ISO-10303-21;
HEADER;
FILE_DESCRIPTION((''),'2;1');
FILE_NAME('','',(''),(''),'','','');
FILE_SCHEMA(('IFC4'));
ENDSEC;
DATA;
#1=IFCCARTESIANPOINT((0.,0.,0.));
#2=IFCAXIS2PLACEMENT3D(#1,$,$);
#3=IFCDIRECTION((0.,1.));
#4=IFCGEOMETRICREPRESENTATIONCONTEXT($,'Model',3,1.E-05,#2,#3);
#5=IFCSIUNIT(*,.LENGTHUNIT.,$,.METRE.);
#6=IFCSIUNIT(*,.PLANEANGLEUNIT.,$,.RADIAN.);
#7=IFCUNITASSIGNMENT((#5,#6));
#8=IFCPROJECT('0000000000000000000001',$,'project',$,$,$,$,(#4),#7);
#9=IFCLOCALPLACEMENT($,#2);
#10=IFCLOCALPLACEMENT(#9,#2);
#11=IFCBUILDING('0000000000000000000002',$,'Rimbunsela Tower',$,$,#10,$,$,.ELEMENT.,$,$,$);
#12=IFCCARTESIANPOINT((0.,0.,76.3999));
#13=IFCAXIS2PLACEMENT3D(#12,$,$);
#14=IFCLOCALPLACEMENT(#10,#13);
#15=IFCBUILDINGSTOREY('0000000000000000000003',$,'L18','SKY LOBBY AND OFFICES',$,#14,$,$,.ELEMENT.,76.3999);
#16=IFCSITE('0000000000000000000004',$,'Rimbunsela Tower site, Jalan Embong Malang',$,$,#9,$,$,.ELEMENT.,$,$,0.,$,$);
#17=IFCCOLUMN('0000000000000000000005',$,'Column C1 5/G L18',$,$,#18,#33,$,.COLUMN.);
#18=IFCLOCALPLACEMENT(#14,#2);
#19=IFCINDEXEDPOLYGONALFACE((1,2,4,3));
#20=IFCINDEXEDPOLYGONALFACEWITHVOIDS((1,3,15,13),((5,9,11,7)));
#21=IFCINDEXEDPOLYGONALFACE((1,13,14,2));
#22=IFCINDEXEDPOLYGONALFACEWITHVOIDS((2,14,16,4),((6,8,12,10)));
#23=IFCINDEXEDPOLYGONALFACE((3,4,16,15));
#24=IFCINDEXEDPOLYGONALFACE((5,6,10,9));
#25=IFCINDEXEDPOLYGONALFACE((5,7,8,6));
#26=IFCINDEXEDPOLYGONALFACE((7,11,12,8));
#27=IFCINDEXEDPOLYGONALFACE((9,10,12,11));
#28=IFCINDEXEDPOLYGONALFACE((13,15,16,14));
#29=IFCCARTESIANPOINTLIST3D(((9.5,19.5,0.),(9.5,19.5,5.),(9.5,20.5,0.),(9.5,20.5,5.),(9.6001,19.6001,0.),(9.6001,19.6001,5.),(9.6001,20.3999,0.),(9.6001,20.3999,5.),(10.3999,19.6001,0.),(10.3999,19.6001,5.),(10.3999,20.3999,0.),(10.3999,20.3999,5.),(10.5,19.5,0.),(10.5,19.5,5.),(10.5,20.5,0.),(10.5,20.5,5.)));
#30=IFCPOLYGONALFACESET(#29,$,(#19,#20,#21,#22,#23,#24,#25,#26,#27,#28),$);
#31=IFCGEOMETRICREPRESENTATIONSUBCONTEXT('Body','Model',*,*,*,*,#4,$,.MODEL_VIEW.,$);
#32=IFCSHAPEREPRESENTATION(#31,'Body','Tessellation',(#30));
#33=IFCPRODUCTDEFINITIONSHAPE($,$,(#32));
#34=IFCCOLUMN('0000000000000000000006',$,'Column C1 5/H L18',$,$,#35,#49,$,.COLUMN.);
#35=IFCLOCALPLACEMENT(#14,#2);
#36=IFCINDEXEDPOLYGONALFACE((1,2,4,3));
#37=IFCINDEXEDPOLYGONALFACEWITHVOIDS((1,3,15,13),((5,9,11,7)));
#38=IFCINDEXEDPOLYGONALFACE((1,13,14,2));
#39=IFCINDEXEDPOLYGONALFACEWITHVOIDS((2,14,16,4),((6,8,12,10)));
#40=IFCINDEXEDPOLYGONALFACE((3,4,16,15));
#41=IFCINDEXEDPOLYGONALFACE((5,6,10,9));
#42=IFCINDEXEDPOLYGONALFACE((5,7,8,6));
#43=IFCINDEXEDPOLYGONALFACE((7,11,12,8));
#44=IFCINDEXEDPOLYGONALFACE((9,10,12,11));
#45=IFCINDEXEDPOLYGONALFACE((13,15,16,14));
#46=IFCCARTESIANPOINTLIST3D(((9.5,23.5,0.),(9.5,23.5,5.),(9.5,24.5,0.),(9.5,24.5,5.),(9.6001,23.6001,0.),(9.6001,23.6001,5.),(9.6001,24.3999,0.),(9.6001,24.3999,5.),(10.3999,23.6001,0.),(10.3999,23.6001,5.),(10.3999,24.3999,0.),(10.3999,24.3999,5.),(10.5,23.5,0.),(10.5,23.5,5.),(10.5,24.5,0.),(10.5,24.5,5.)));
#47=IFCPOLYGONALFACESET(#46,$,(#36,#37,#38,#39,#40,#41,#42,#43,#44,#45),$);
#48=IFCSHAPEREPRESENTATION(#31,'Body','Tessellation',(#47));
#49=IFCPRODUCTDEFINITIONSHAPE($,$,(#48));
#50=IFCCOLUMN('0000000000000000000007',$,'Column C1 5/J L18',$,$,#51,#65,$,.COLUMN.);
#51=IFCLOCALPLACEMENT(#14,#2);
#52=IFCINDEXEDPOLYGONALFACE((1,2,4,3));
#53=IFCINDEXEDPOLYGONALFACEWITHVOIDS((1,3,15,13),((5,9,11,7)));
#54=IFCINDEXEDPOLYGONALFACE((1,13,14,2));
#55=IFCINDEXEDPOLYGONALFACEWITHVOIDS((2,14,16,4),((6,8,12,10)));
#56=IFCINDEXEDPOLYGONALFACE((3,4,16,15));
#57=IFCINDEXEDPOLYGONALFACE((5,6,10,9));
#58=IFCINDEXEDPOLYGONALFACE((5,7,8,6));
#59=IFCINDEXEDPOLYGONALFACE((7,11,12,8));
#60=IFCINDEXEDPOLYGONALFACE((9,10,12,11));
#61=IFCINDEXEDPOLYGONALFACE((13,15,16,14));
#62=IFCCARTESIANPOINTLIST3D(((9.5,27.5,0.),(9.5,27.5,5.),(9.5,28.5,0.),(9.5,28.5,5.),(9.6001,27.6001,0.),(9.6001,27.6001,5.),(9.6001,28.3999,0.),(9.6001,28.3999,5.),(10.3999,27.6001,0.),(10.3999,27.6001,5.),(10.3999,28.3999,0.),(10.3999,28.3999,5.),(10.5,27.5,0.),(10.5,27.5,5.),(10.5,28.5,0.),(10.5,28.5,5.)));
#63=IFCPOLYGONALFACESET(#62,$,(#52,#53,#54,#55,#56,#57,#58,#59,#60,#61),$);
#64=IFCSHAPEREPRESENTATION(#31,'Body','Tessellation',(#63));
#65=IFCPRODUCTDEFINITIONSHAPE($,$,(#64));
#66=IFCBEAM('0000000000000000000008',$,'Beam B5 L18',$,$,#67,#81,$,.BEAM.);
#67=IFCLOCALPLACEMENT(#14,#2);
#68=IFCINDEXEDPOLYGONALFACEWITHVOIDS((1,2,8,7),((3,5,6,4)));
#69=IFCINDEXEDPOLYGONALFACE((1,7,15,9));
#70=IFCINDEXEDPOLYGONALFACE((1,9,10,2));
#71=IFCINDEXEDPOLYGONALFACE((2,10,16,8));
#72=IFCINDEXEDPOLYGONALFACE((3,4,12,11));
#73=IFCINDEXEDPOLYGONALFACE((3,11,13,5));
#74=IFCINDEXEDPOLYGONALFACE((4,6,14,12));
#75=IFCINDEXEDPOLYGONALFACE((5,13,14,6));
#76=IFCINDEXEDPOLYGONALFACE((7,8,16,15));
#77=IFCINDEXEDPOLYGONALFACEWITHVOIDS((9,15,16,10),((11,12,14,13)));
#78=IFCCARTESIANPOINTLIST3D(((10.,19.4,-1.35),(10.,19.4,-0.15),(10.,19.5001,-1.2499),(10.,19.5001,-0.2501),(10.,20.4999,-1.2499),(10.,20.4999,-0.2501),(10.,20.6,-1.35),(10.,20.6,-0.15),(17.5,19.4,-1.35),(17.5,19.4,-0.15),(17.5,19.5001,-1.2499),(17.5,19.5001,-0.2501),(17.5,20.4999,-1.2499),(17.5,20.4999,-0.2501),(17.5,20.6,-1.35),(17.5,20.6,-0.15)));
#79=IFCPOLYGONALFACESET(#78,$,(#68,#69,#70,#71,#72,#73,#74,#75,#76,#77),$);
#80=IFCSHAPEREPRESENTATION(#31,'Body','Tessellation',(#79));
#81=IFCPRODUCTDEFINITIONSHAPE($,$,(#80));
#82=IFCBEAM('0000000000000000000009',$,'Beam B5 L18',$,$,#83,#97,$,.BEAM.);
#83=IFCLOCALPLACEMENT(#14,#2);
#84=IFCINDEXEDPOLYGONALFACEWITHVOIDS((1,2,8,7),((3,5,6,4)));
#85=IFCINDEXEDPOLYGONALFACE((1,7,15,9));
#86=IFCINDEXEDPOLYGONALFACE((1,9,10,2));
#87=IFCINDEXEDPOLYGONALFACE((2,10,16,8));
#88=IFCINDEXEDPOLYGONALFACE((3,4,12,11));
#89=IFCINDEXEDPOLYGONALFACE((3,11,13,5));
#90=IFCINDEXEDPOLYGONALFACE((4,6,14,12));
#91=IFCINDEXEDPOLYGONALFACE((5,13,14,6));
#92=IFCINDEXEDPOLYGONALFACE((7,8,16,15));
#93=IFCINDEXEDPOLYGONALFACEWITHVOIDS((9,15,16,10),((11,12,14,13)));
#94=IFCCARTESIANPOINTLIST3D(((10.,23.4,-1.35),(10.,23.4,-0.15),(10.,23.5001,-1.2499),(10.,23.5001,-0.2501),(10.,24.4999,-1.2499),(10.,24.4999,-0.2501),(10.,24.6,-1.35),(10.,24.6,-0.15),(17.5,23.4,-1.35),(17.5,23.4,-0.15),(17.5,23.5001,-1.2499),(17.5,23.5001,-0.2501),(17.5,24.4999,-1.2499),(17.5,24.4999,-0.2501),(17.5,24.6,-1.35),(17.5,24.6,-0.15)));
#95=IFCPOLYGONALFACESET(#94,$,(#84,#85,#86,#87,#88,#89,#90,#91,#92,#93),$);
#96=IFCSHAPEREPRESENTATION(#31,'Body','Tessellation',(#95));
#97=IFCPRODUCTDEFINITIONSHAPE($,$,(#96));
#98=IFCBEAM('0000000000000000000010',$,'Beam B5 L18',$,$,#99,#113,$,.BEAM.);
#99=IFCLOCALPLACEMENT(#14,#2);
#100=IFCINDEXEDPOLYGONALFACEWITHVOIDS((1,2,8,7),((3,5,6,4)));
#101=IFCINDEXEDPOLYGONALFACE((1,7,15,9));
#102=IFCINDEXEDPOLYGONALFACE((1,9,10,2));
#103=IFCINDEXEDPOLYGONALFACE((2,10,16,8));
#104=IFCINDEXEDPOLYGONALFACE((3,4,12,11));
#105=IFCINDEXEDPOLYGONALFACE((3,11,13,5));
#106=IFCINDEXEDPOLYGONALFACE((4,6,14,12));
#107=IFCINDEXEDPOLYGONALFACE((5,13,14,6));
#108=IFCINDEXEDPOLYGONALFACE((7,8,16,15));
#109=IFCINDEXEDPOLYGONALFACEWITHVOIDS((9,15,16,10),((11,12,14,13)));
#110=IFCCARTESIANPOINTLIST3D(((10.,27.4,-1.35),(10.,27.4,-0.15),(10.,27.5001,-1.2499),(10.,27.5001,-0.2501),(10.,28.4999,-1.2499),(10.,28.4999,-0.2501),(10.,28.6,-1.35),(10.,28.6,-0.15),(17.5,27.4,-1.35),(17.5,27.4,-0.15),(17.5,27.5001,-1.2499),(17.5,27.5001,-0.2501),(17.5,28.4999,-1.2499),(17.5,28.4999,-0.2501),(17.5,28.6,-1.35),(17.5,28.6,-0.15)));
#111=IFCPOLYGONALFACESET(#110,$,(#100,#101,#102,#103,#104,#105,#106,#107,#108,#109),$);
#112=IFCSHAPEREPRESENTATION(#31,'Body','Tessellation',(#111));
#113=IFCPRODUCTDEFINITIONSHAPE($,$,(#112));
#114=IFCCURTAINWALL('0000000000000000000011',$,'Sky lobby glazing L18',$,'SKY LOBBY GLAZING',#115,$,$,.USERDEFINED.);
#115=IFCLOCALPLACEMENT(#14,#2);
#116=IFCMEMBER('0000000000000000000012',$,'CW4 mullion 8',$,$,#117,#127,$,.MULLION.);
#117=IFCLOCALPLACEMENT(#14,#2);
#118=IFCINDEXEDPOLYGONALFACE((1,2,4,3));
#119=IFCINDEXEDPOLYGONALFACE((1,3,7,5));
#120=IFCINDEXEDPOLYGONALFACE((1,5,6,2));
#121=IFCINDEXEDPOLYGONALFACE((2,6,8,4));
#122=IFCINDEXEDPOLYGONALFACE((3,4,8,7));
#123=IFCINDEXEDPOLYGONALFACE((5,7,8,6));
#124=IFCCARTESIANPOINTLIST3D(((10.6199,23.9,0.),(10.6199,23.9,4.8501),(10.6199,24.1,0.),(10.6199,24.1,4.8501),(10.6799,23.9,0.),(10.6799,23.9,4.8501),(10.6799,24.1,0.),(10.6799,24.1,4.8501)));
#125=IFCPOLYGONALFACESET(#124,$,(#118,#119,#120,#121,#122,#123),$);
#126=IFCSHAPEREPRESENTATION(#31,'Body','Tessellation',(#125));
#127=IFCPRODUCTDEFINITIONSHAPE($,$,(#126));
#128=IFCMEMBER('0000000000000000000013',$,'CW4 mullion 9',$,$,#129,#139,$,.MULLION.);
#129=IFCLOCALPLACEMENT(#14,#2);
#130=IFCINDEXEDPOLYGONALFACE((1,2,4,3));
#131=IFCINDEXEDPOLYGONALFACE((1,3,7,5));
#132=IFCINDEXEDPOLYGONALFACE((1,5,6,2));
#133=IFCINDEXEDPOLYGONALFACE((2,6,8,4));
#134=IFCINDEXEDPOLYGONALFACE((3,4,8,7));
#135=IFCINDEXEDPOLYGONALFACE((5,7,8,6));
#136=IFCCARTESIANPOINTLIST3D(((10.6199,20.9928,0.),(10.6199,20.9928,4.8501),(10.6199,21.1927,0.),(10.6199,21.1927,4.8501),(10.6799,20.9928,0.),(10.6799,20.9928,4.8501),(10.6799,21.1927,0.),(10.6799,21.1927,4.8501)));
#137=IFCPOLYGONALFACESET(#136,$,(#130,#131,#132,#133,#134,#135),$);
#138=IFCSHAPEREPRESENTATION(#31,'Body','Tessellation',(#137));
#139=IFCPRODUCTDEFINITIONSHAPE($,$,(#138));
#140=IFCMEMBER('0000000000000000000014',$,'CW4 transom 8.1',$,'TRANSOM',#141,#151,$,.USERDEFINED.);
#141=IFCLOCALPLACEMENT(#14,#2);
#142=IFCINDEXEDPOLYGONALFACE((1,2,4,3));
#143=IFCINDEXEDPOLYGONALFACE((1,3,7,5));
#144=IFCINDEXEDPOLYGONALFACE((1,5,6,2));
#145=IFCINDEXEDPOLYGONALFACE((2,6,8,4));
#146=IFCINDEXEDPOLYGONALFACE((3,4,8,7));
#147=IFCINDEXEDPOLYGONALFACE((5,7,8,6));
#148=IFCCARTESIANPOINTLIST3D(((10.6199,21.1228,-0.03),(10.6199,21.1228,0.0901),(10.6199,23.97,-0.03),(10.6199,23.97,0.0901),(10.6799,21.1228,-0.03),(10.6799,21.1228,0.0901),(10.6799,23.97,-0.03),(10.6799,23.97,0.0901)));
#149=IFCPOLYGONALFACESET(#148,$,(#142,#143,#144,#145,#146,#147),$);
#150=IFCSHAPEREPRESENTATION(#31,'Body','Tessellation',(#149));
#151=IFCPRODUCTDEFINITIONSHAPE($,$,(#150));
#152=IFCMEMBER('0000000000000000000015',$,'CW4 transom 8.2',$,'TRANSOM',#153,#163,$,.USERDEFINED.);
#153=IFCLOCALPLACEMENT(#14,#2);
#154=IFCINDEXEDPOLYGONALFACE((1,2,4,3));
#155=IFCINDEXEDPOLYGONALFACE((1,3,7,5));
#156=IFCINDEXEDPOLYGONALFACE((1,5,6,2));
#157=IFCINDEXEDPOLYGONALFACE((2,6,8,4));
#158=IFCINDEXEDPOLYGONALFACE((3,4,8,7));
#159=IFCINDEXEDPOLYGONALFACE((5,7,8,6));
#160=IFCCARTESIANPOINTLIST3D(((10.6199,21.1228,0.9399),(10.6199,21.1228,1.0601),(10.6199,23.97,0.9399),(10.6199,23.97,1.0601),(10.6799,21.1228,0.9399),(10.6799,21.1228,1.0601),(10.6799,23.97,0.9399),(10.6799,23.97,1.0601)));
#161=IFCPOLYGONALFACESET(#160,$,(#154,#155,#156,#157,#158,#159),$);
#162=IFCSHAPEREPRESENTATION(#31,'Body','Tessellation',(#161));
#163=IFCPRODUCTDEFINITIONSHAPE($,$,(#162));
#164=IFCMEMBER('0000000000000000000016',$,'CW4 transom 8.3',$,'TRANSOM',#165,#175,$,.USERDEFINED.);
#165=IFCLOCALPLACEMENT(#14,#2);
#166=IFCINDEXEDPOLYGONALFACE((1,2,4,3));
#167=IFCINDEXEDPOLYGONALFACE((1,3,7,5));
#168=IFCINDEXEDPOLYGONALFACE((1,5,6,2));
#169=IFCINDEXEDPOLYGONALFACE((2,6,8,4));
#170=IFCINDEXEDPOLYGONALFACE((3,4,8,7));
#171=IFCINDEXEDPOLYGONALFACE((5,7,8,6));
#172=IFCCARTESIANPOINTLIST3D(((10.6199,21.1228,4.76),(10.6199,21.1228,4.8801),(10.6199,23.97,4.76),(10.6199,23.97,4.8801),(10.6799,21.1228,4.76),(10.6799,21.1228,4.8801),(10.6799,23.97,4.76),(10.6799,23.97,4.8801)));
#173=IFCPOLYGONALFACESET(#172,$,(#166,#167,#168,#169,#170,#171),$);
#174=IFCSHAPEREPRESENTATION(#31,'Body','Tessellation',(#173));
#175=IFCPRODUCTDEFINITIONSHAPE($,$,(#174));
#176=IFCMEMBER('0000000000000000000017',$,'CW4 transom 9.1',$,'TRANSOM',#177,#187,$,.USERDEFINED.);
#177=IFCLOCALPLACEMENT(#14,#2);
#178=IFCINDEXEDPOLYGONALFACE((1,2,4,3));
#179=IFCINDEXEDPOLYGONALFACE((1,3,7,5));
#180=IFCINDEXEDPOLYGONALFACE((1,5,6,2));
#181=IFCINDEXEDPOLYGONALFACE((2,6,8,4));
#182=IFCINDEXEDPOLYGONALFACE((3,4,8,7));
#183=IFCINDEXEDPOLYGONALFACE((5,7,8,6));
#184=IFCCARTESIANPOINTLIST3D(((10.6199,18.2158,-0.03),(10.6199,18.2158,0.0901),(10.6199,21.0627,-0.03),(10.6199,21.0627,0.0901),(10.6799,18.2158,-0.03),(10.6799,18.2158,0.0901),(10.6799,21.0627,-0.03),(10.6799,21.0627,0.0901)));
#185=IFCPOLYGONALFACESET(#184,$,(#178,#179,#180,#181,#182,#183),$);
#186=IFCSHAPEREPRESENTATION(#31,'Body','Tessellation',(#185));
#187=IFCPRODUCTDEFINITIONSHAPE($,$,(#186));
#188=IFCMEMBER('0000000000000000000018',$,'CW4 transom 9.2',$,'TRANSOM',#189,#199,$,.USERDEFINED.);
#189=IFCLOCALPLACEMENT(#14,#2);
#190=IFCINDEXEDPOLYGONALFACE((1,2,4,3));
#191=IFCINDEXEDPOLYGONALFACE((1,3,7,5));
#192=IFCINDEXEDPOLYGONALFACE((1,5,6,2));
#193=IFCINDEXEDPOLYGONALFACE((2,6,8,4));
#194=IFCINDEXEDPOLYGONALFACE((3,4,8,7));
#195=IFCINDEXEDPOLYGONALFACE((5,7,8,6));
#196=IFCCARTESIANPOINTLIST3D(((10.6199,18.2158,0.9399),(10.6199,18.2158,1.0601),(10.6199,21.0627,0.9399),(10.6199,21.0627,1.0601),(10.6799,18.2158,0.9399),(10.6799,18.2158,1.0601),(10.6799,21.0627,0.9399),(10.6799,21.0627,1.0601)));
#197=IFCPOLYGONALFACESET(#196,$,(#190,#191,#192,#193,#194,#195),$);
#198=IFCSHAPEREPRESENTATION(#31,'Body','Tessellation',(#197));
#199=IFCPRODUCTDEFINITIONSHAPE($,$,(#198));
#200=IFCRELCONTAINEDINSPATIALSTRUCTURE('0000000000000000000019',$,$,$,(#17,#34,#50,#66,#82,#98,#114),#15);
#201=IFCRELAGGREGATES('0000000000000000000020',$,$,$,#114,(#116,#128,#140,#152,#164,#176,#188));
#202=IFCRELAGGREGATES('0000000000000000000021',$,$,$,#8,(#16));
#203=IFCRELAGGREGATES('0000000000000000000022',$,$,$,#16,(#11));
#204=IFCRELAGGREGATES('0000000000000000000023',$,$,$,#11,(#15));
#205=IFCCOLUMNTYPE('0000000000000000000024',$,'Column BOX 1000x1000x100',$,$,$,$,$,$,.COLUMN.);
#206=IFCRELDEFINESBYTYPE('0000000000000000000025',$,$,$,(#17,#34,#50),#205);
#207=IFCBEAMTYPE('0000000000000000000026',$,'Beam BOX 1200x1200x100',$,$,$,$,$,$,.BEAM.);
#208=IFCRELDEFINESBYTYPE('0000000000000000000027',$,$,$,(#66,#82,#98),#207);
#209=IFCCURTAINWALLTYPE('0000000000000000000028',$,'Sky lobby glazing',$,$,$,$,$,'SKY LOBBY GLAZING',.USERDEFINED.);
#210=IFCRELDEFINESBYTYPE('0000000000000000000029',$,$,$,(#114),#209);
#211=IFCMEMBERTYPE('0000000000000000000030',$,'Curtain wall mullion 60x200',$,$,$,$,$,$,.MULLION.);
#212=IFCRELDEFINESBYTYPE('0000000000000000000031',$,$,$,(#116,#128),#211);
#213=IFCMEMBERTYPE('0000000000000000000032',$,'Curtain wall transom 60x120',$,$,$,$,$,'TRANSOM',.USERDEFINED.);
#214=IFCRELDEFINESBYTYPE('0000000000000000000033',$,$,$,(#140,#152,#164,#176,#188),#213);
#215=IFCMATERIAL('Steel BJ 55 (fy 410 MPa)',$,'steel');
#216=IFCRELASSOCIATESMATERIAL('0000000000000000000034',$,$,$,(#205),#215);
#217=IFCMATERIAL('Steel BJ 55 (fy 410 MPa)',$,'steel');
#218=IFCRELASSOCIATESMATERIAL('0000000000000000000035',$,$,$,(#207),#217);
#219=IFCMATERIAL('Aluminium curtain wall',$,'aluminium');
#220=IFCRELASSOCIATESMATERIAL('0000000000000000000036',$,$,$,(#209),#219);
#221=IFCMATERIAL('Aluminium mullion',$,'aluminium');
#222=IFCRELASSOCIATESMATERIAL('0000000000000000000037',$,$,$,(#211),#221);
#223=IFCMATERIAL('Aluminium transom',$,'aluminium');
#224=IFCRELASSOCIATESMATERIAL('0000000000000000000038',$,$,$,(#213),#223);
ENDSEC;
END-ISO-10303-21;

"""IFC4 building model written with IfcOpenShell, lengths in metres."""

from ifc_helpers import new_model, si_unit, direction, frame, origin, origin_2d, place, context, subcontext, project, spatial, rectangle, hollow_rectangle, extrude, material, material_profile, profile_set, type_object, element, aggregate, save


model = new_model("IFC4")

# Units and contexts
model_context = context("Model", 3, precision=1e-05, world=origin(), true_north=direction((0.0, 1.0)))
body_context = subcontext(model_context, "Body", "Model", "MODEL_VIEW")
ifc_project = project(units=[si_unit("LENGTHUNIT", "METRE"), si_unit("PLANEANGLEUNIT", "RADIAN")], contexts=[model_context])

# Site, building, storey
site_placement = place(None, origin())
site = spatial("IfcSite", under=ifc_project, at=site_placement, Name="Rimbunsela Tower site, Jalan Embong Malang", CompositionType="ELEMENT", RefElevation=0.0)
building_placement = place(site_placement, origin())
building = spatial("IfcBuilding", under=site, at=building_placement, Name="Rimbunsela Tower", CompositionType="ELEMENT")
storey_placement = place(building_placement, frame((0.0, 0.0, 76.3999)))
storey = spatial("IfcBuildingStorey", under=building, at=storey_placement, Name="L18", Description="SKY LOBBY AND OFFICES", CompositionType="ELEMENT", Elevation=76.3999)

# Columns
ifc_material_1 = material(Name="Steel BJ 55 (fy 410 MPa)", Category="steel")
ifc_material_profile_1 = material_profile(ifc_material_1, hollow_rectangle(XDim=1.0, YDim=1.0, WallThickness=0.1001, at=origin_2d()), Name="BOX 1000x1000x100")
ifc_profile_set_1 = profile_set([ifc_material_profile_1], Name="Steel BJ 55 (fy 410 MPa)")
column_type = type_object("IfcColumnType", Name="Column BOX 1000x1000x100", PredefinedType="COLUMN", material=ifc_profile_set_1)
for number, where, z_axis, x_axis, name in (
    (1, (10.0, 20.0, 0.0), (0.0, 0.0, 1.0), (1.0, 0.0, 0.0), "Column C1 5/G L18"),
    (2, (10.0, 24.0, 0.0), (0.0, 0.0, 1.0), (1.0, 0.0, 0.0), "Column C1 5/H L18"),
    (3, (10.0, 28.0, 0.0), (0.0, 0.0, 1.0), (1.0, 0.0, 0.0), "Column C1 5/J L18"),
):
    element("IfcColumn", number, at=place(storey_placement, frame(where, z_axis=z_axis, x_axis=x_axis)), inside=storey, type_object=column_type, Name=name, PredefinedType="COLUMN", context=body_context, shape_type="SweptSolid", body=[
        extrude(hollow_rectangle(XDim=1.0, YDim=1.0, WallThickness=0.1001, at=origin_2d()), origin(), (0.0, 0.0, 1.0), 5.0),
    ])

# Beams
ifc_material_2 = material(Name="Steel BJ 55 (fy 410 MPa)", Category="steel")
ifc_material_profile_2 = material_profile(ifc_material_2, hollow_rectangle(XDim=1.2, YDim=1.2, WallThickness=0.1001, at=origin_2d()), Name="BOX 1200x1200x100")
ifc_profile_set_2 = profile_set([ifc_material_profile_2], Name="Steel BJ 55 (fy 410 MPa)")
beam_type = type_object("IfcBeamType", Name="Beam BOX 1200x1200x100", PredefinedType="BEAM", material=ifc_profile_set_2)
for number, where, z_axis, x_axis, name in (
    (4, (10.0, 20.0, -0.75), (1.0, 0.0, 0.0), (0.0, 1.0, 0.0), "Beam B5 L18"),
    (5, (10.0, 24.0, -0.75), (1.0, 0.0, 0.0), (0.0, 1.0, 0.0), "Beam B5 L18"),
    (6, (10.0, 28.0, -0.75), (1.0, 0.0, 0.0), (0.0, 1.0, 0.0), "Beam B5 L18"),
):
    element("IfcBeam", number, at=place(storey_placement, frame(where, z_axis=z_axis, x_axis=x_axis)), inside=storey, type_object=beam_type, Name=name, PredefinedType="BEAM", context=body_context, shape_type="SweptSolid", body=[
        extrude(hollow_rectangle(XDim=1.2, YDim=1.2, WallThickness=0.1001, at=origin_2d()), origin(), (0.0, 0.0, 1.0), 7.5),
    ])

# Curtain wall, members
ifc_material_3 = material(Name="Aluminium curtain wall", Category="aluminium")
curtain_wall_type = type_object("IfcCurtainWallType", Name="Sky lobby glazing", ElementType="SKY LOBBY GLAZING", PredefinedType="USERDEFINED", material=ifc_material_3)
curtain_wall_placement = place(storey_placement, origin())
curtain_wall = element("IfcCurtainWall", 7, at=curtain_wall_placement, inside=storey, type_object=curtain_wall_type, Name="Sky lobby glazing L18", ObjectType="SKY LOBBY GLAZING", PredefinedType="USERDEFINED")
ifc_material_4 = material(Name="Aluminium mullion", Category="aluminium")
ifc_material_profile_3 = material_profile(ifc_material_4, rectangle(XDim=0.0601, YDim=0.2, at=origin_2d()), Name="Mullion 60x200")
ifc_profile_set_3 = profile_set([ifc_material_profile_3], Name="Aluminium mullion")
member_type_1 = type_object("IfcMemberType", Name="Curtain wall mullion 60x200", PredefinedType="MULLION", material=ifc_profile_set_3)
member_1_placement = place(storey_placement, frame((10.6499, 24.0, 0.0), z_axis=(0.0, 0.0, 1.0), x_axis=(1.0, 0.0, 0.0)))
member_1 = element("IfcMember", 8, at=member_1_placement, type_object=member_type_1, Name="CW4 mullion 8", PredefinedType="MULLION", context=body_context, shape_type="SweptSolid", body=[
    extrude(rectangle(XDim=0.0601, YDim=0.2, at=origin_2d()), origin(), (0.0, 0.0, 1.0), 4.8501),
])
member_2_placement = place(storey_placement, frame((10.6499, 21.0928, 0.0), z_axis=(0.0, 0.0, 1.0), x_axis=(1.0, 0.0, 0.0)))
member_2 = element("IfcMember", 9, at=member_2_placement, type_object=member_type_1, Name="CW4 mullion 9", PredefinedType="MULLION", context=body_context, shape_type="SweptSolid", body=[
    extrude(rectangle(XDim=0.0601, YDim=0.2, at=origin_2d()), origin(), (0.0, 0.0, 1.0), 4.8501),
])
ifc_material_5 = material(Name="Aluminium transom", Category="aluminium")
ifc_material_profile_4 = material_profile(ifc_material_5, rectangle(XDim=0.0601, YDim=0.1201, at=origin_2d()), Name="Transom 60x120")
ifc_profile_set_4 = profile_set([ifc_material_profile_4], Name="Aluminium transom")
member_type_2 = type_object("IfcMemberType", Name="Curtain wall transom 60x120", ElementType="TRANSOM", PredefinedType="USERDEFINED", material=ifc_profile_set_4)
member_3_placement = place(storey_placement, frame((10.6499, 23.97, 0.03), z_axis=(0.0, -1.0, 0.0), x_axis=(1.0, 0.0, 0.0)))
member_3 = element("IfcMember", 10, at=member_3_placement, type_object=member_type_2, Name="CW4 transom 8.1", ObjectType="TRANSOM", PredefinedType="USERDEFINED", context=body_context, shape_type="SweptSolid", body=[
    extrude(rectangle(XDim=0.0601, YDim=0.1201, at=origin_2d()), origin(), (0.0, 0.0, 1.0), 2.8472),
])
member_4_placement = place(storey_placement, frame((10.6499, 23.97, 1.0), z_axis=(0.0, -1.0, 0.0), x_axis=(1.0, 0.0, 0.0)))
member_4 = element("IfcMember", 11, at=member_4_placement, type_object=member_type_2, Name="CW4 transom 8.2", ObjectType="TRANSOM", PredefinedType="USERDEFINED", context=body_context, shape_type="SweptSolid", body=[
    extrude(rectangle(XDim=0.0601, YDim=0.1201, at=origin_2d()), origin(), (0.0, 0.0, 1.0), 2.8472),
])
member_5_placement = place(storey_placement, frame((10.6499, 23.97, 4.8201), z_axis=(0.0, -1.0, 0.0), x_axis=(1.0, 0.0, 0.0)))
member_5 = element("IfcMember", 12, at=member_5_placement, type_object=member_type_2, Name="CW4 transom 8.3", ObjectType="TRANSOM", PredefinedType="USERDEFINED", context=body_context, shape_type="SweptSolid", body=[
    extrude(rectangle(XDim=0.0601, YDim=0.1201, at=origin_2d()), origin(), (0.0, 0.0, 1.0), 2.8472),
])
member_6_placement = place(storey_placement, frame((10.6499, 21.0627, 0.03), z_axis=(0.0, -1.0, 0.0), x_axis=(1.0, 0.0, 0.0)))
member_6 = element("IfcMember", 13, at=member_6_placement, type_object=member_type_2, Name="CW4 transom 9.1", ObjectType="TRANSOM", PredefinedType="USERDEFINED", context=body_context, shape_type="SweptSolid", body=[
    extrude(rectangle(XDim=0.0601, YDim=0.1201, at=origin_2d()), origin(), (0.0, 0.0, 1.0), 2.8469),
])
member_7_placement = place(storey_placement, frame((10.6499, 21.0627, 1.0), z_axis=(0.0, -1.0, 0.0), x_axis=(1.0, 0.0, 0.0)))
member_7 = element("IfcMember", 14, at=member_7_placement, type_object=member_type_2, Name="CW4 transom 9.2", ObjectType="TRANSOM", PredefinedType="USERDEFINED", context=body_context, shape_type="SweptSolid", body=[
    extrude(rectangle(XDim=0.0601, YDim=0.1201, at=origin_2d()), origin(), (0.0, 0.0, 1.0), 2.8469),
])
aggregate(curtain_wall, [member_1, member_2, member_3, member_4, member_5, member_6, member_7])

save(model, "model.ifc")
